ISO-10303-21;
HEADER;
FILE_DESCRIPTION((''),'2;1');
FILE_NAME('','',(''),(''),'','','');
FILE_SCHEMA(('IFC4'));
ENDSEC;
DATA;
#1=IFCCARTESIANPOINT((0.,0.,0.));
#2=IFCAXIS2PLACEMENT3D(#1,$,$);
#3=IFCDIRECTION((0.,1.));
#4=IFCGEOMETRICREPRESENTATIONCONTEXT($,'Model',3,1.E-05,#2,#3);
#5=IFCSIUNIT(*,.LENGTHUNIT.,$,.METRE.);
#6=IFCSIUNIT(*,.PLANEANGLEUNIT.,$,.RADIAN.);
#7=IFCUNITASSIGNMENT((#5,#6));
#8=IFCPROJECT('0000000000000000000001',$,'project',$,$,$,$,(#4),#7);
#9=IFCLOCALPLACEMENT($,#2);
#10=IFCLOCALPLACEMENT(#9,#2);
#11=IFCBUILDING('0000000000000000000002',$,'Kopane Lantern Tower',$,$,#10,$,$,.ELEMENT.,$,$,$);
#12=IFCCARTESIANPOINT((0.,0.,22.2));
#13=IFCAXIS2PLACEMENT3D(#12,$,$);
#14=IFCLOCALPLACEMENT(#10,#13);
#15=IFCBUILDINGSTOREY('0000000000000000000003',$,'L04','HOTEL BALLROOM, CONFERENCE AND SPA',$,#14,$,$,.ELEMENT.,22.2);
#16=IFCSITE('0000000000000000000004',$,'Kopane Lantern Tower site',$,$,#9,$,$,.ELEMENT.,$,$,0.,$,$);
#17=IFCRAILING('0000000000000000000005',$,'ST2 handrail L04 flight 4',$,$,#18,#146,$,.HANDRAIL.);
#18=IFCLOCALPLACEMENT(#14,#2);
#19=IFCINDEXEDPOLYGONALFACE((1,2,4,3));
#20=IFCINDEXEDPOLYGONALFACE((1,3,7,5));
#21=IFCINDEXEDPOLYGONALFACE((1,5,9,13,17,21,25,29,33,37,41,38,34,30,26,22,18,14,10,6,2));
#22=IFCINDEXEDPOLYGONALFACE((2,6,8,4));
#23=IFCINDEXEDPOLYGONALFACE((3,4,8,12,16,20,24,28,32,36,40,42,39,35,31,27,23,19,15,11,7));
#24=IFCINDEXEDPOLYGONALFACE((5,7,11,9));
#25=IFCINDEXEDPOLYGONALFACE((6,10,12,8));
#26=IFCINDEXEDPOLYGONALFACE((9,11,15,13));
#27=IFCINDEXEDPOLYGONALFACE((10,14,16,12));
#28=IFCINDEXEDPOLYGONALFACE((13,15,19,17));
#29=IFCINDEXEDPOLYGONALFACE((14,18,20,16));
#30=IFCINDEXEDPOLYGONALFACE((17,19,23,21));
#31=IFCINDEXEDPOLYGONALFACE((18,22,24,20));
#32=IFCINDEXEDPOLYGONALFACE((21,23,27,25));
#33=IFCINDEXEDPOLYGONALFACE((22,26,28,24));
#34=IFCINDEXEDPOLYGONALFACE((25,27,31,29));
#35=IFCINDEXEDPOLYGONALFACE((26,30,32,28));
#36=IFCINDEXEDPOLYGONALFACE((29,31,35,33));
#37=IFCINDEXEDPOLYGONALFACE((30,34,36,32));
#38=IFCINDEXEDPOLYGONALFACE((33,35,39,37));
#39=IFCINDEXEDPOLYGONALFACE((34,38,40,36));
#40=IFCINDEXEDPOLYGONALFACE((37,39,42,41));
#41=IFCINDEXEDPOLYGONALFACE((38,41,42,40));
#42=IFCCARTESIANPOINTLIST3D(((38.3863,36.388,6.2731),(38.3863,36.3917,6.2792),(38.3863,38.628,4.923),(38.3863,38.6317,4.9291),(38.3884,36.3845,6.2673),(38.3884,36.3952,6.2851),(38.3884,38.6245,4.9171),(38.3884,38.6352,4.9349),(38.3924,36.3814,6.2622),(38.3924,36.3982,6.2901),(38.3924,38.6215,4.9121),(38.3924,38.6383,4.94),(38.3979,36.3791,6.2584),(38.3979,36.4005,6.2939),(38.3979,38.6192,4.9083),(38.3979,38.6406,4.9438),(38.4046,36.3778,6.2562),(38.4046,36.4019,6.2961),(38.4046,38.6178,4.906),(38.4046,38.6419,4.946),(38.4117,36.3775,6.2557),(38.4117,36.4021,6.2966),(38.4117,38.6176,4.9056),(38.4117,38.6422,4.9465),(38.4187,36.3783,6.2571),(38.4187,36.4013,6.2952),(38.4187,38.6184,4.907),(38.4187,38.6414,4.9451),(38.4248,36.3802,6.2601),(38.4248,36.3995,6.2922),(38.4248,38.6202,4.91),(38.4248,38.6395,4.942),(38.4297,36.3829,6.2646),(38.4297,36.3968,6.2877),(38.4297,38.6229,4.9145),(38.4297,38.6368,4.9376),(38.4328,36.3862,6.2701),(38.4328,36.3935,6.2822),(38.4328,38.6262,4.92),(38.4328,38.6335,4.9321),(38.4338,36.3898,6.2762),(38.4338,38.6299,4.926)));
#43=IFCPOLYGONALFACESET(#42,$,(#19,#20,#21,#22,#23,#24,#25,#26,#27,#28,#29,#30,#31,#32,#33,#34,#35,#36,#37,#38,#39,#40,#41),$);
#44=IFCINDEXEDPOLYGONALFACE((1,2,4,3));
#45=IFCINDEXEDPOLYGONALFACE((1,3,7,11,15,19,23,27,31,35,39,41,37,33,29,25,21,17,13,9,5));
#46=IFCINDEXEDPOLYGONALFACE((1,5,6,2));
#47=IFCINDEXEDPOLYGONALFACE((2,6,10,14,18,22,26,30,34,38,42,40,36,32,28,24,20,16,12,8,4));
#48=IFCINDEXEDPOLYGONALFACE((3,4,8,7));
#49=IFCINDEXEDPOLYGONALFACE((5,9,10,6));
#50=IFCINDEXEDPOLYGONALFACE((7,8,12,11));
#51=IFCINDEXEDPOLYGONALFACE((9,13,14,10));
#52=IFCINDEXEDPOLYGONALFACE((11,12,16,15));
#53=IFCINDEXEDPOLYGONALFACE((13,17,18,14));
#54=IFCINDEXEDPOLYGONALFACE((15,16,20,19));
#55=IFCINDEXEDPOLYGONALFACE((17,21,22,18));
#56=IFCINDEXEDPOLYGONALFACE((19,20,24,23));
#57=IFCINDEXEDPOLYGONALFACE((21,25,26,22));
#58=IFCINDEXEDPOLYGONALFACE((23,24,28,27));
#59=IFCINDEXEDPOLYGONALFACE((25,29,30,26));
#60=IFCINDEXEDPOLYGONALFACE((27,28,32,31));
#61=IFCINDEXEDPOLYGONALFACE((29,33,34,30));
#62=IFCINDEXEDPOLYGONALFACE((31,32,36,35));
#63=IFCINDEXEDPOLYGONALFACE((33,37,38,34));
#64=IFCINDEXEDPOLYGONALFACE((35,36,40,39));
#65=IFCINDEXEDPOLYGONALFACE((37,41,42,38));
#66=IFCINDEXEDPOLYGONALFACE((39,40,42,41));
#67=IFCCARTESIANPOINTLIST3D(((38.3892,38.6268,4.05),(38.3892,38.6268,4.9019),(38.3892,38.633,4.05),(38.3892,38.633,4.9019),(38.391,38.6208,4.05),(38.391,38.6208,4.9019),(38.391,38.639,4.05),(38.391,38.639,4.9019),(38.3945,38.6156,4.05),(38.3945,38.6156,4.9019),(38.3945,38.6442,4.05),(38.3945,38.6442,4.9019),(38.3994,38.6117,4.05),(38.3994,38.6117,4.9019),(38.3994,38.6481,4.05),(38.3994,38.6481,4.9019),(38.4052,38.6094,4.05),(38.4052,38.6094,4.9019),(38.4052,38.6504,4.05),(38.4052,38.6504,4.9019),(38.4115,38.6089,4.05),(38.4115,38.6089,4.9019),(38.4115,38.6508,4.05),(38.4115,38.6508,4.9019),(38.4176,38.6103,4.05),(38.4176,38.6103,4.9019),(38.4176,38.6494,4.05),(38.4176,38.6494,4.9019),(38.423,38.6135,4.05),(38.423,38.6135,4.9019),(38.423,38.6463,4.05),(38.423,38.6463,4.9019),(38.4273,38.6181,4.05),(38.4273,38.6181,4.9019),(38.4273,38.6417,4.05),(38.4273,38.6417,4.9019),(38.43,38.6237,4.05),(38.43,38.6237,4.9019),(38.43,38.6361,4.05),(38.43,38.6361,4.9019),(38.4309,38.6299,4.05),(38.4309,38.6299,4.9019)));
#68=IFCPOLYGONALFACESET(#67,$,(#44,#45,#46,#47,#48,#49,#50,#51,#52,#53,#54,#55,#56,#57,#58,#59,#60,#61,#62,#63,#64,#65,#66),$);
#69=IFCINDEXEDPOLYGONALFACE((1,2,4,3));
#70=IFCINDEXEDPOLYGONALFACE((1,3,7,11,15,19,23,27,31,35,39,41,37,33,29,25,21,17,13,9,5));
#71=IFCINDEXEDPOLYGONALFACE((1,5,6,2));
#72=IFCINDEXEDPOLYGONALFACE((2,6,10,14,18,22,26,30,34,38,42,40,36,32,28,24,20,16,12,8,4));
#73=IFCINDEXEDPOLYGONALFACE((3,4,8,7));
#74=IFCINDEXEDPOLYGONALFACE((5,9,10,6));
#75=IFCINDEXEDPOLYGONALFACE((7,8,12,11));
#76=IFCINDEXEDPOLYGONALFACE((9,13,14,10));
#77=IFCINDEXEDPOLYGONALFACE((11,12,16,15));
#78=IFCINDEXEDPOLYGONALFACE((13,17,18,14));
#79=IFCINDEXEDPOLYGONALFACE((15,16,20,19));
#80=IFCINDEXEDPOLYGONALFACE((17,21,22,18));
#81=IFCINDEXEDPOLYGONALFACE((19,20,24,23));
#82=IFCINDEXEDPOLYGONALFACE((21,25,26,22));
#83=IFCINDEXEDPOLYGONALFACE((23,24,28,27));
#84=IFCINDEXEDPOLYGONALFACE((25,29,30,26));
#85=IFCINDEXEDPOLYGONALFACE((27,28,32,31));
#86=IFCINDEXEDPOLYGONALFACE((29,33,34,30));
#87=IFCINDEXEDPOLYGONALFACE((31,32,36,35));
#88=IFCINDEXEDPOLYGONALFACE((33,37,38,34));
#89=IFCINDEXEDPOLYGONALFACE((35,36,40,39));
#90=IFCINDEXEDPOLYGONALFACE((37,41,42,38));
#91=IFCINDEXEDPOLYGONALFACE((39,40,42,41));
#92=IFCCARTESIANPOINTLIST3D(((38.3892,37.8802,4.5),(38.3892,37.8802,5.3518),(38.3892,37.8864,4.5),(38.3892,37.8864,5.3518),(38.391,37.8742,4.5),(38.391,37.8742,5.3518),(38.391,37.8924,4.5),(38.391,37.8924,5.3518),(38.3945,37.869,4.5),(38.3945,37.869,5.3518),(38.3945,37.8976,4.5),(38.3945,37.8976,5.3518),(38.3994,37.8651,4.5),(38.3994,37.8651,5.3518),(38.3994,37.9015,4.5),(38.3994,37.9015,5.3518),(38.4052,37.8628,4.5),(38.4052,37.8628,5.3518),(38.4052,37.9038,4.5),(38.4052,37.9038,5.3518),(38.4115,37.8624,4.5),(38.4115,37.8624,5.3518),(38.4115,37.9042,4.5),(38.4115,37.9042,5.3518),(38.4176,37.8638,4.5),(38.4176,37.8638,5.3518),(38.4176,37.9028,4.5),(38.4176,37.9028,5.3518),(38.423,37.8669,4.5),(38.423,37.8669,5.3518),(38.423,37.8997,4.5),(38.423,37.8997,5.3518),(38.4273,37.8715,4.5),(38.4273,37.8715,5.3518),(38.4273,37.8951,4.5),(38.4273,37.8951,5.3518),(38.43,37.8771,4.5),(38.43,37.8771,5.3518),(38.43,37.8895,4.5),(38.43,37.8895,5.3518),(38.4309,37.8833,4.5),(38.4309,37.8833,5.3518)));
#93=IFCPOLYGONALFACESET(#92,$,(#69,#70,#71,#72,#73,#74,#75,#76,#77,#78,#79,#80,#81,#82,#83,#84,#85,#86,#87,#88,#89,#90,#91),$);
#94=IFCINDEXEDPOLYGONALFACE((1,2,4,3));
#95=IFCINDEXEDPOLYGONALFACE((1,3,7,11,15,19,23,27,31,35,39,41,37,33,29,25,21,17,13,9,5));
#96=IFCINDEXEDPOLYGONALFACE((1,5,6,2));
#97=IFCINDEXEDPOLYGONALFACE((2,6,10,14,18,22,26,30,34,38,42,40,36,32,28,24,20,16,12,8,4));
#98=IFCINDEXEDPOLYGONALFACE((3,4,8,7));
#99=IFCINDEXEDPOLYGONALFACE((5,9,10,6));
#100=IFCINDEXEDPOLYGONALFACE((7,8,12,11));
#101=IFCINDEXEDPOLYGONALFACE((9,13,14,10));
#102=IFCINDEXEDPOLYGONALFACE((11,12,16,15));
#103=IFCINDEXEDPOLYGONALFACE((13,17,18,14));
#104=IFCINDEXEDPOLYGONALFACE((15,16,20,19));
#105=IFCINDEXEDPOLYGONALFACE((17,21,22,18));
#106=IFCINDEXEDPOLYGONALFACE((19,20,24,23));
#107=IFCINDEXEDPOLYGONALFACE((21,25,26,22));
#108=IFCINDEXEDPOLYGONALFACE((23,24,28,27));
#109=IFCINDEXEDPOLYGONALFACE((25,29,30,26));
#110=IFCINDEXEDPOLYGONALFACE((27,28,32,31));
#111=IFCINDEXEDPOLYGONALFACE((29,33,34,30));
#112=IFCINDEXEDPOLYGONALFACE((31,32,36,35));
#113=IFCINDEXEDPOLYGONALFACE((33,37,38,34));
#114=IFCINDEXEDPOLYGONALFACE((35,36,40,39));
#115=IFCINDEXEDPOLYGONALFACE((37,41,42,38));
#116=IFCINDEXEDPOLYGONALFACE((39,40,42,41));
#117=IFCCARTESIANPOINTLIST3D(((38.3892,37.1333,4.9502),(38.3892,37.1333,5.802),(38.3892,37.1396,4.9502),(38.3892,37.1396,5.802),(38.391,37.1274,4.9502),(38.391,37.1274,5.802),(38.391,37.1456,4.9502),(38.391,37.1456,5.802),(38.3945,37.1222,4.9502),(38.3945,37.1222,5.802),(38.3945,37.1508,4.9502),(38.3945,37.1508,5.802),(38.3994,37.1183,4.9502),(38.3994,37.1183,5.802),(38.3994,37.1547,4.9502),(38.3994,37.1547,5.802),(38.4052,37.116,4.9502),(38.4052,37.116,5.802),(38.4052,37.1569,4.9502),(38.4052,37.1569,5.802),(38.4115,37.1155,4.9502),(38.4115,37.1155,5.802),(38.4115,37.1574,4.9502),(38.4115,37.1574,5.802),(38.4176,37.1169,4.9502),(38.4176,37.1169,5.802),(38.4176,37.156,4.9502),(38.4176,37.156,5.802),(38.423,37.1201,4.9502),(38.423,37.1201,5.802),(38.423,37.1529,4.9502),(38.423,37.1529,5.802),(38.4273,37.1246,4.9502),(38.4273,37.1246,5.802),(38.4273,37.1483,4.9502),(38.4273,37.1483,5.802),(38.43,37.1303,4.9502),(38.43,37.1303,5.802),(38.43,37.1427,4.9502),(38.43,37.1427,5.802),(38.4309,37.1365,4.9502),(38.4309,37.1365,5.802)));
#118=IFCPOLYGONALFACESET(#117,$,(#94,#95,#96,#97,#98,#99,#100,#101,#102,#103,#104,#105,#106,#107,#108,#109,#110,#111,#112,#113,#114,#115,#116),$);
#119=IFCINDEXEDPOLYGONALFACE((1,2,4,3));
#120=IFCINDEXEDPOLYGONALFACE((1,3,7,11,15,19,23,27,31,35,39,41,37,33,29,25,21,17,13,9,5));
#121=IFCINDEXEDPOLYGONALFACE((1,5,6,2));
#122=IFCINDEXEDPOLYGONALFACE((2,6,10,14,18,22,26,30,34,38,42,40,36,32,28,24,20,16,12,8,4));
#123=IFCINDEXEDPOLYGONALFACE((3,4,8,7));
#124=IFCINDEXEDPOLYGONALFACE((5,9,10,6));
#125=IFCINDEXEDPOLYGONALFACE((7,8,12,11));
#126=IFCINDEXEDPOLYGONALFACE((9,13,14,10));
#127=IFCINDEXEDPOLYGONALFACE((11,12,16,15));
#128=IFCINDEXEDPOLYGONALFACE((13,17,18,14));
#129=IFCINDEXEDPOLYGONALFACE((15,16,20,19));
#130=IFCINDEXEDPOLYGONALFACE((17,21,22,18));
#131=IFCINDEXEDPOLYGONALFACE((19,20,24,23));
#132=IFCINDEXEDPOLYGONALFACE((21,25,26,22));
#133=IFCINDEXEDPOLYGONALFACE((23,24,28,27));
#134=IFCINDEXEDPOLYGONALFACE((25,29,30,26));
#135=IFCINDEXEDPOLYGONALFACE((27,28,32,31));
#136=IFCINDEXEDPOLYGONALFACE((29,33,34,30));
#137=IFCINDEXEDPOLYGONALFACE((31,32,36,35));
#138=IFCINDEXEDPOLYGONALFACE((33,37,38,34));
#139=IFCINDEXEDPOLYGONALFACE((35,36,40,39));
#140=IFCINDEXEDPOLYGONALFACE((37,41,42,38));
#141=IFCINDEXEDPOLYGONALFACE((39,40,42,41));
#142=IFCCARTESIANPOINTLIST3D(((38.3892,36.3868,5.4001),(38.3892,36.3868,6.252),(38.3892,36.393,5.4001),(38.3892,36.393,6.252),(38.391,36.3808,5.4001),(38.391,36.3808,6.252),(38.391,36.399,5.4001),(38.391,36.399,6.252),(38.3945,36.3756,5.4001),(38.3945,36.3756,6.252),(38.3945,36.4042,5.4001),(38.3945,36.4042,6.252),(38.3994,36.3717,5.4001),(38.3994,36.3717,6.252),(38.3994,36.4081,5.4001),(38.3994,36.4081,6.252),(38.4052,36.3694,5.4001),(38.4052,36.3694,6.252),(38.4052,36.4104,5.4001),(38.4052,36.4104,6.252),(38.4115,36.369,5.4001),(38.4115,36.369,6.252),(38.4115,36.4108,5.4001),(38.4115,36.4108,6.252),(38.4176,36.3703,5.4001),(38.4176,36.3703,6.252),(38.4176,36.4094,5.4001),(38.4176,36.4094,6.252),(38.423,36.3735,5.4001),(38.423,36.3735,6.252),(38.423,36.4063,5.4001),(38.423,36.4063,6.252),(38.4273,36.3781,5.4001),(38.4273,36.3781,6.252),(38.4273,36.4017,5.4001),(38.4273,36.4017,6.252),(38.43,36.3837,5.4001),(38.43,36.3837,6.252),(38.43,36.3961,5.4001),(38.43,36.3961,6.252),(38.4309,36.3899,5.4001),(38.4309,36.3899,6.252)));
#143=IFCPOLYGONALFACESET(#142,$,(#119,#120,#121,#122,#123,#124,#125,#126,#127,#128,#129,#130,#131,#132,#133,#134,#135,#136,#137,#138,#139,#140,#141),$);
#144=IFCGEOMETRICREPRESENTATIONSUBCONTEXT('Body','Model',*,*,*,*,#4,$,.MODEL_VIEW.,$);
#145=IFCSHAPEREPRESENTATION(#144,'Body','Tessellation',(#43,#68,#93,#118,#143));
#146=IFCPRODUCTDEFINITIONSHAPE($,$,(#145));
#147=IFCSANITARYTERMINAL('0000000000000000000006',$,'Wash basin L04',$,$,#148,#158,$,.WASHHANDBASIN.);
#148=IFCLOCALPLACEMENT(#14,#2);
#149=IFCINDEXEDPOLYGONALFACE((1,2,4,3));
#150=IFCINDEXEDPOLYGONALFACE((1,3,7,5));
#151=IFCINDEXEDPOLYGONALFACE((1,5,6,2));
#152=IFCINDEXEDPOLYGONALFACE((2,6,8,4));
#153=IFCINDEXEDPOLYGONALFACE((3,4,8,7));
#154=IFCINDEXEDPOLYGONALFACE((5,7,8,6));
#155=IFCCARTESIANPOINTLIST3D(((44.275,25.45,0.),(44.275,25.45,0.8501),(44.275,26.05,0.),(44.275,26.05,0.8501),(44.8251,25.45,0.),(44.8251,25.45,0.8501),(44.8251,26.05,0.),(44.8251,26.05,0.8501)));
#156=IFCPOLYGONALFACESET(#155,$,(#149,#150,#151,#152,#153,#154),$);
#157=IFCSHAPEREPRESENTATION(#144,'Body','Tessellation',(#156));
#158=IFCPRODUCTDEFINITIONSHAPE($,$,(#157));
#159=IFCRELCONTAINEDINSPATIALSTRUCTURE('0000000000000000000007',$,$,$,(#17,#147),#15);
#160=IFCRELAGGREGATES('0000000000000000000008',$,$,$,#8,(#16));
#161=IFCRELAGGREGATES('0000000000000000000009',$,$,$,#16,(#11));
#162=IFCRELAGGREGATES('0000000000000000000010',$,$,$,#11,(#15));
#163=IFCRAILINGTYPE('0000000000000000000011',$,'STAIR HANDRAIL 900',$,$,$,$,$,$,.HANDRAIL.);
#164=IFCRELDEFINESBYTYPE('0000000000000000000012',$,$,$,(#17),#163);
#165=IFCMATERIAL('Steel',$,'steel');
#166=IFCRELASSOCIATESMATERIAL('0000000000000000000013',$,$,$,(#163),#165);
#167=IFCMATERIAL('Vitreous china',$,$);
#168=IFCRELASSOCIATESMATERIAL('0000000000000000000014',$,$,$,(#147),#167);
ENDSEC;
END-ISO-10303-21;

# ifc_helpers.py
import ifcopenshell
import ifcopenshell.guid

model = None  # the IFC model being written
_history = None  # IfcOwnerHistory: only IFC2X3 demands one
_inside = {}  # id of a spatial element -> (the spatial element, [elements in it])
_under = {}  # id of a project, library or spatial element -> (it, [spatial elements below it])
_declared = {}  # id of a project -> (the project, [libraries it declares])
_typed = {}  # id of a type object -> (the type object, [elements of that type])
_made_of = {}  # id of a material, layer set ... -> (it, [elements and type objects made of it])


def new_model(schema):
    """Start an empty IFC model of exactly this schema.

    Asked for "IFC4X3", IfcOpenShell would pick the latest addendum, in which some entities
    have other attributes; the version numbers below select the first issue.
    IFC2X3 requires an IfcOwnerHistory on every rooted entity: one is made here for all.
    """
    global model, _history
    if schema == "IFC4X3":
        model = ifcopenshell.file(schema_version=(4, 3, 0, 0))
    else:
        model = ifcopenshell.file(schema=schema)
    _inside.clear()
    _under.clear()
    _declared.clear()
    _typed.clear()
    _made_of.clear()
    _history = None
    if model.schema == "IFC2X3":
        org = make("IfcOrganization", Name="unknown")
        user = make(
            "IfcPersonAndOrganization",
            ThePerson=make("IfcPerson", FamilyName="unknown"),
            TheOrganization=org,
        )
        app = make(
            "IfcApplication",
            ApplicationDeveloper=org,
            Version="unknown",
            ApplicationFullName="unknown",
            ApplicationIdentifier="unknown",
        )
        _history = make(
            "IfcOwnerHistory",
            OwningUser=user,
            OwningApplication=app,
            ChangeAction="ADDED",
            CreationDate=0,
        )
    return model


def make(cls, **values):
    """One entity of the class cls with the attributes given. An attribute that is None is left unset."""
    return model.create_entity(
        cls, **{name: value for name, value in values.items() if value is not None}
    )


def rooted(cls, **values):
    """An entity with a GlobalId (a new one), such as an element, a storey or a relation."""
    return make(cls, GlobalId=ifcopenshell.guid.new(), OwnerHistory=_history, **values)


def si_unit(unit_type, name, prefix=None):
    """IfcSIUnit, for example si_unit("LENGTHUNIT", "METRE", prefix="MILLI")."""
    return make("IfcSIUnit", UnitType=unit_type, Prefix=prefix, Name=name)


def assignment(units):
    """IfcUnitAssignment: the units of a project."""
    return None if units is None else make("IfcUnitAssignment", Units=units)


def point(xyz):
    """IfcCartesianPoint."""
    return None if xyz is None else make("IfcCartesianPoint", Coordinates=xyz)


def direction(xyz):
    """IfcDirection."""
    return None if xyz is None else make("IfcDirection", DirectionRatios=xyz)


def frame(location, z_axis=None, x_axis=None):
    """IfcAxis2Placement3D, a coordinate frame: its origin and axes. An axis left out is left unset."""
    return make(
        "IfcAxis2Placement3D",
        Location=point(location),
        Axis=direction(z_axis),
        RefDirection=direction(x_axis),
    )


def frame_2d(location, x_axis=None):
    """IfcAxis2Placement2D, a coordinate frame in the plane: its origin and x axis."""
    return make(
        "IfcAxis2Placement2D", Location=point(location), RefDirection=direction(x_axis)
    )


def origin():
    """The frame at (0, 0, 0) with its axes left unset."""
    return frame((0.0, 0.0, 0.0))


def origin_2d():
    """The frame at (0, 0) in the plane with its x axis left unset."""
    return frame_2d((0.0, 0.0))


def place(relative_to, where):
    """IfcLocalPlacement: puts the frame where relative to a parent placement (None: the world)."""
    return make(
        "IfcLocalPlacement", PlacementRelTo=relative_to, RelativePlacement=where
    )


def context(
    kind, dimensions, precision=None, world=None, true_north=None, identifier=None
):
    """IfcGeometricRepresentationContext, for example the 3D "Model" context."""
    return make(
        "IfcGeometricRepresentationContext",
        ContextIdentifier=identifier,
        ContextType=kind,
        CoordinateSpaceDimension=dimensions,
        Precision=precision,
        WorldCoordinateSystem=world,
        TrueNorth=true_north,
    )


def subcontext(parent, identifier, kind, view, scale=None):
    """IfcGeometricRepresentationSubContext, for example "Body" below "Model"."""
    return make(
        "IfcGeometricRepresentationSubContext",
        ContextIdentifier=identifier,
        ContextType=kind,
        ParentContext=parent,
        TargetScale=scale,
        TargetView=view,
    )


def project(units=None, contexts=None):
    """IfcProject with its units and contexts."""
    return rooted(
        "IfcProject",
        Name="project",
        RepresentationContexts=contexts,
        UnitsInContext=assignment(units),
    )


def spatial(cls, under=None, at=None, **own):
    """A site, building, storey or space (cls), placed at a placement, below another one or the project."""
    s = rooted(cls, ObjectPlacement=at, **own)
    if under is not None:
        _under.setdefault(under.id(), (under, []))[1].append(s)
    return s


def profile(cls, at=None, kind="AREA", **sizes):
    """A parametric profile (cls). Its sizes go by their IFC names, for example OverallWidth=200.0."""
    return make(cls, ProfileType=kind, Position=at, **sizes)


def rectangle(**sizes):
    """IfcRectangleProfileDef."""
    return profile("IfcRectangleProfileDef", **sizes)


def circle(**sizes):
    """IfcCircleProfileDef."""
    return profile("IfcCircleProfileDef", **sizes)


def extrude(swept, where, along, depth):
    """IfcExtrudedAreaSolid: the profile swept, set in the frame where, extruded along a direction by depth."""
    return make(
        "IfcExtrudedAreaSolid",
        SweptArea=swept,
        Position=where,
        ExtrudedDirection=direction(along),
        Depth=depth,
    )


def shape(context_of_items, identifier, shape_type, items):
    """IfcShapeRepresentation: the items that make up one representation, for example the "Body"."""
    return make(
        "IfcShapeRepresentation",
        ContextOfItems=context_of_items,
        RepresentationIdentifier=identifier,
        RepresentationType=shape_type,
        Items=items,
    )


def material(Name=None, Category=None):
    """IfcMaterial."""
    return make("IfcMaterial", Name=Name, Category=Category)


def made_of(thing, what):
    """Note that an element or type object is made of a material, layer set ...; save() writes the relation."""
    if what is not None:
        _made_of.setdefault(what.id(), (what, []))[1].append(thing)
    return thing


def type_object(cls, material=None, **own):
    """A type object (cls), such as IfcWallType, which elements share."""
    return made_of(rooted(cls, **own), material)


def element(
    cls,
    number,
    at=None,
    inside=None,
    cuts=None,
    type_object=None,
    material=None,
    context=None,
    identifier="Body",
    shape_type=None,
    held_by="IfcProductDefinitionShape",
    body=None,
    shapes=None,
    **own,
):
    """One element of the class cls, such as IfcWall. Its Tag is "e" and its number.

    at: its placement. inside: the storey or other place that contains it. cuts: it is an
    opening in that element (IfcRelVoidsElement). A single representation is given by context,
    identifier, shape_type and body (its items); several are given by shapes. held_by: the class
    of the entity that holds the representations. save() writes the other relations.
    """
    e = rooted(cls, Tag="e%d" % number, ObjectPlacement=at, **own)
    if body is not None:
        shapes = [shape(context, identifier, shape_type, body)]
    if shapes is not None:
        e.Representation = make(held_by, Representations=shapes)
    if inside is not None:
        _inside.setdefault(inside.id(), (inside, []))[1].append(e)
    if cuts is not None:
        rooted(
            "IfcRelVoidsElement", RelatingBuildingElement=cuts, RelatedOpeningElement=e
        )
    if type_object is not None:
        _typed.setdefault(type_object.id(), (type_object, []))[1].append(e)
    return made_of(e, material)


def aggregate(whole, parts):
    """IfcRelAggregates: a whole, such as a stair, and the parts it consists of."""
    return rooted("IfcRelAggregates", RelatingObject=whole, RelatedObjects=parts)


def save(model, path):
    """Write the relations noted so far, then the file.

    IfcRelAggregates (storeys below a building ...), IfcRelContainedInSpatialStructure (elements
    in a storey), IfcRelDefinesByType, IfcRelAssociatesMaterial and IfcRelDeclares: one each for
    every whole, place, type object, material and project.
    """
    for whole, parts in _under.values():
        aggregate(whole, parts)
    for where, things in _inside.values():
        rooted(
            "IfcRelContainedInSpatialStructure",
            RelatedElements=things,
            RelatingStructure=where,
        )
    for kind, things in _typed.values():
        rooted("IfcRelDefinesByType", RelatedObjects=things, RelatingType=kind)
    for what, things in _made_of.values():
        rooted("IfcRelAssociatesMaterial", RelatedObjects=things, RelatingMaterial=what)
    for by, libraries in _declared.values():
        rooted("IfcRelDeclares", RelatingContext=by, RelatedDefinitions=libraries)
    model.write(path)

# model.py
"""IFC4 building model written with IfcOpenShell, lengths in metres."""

from ifc_helpers import new_model, si_unit, direction, frame, origin, origin_2d, place, context, subcontext, project, spatial, rectangle, circle, extrude, material, type_object, element, save


model = new_model("IFC4")

# Units and contexts
model_context = context("Model", 3, precision=1e-05, world=origin(), true_north=direction((0.0, 1.0)))
body_context = subcontext(model_context, "Body", "Model", "MODEL_VIEW")
ifc_project = project(units=[si_unit("LENGTHUNIT", "METRE"), si_unit("PLANEANGLEUNIT", "RADIAN")], contexts=[model_context])

# Site, building, storey
site_placement = place(None, origin())
site = spatial("IfcSite", under=ifc_project, at=site_placement, Name="Kopane Lantern Tower site", CompositionType="ELEMENT", RefElevation=0.0)
building_placement = place(site_placement, origin())
building = spatial("IfcBuilding", under=site, at=building_placement, Name="Kopane Lantern Tower", CompositionType="ELEMENT")
storey_placement = place(building_placement, frame((0.0, 0.0, 22.2)))
storey = spatial("IfcBuildingStorey", under=building, at=storey_placement, Name="L04", Description="HOTEL BALLROOM, CONFERENCE AND SPA", CompositionType="ELEMENT", Elevation=22.2)

# Railing
ifc_material_1 = material(Name="Steel", Category="steel")
railing_type_1 = type_object("IfcRailingType", Name="STAIR HANDRAIL 900", PredefinedType="HANDRAIL", material=ifc_material_1)
for number, where, name in (
    (1, (38.4099, 38.6299, 4.05), "ST2 handrail L04 flight 4"),
):
    element("IfcRailing", number, at=place(storey_placement, frame(where)), inside=storey, type_object=railing_type_1, Name=name, PredefinedType="HANDRAIL", context=body_context, shape_type="SweptSolid", body=[
        extrude(circle(Radius=0.0239, at=origin_2d()), frame((0.0, 0.0, 0.876), z_axis=(0.0, -0.856462, 0.516211), x_axis=(1.0, 0.0, 0.0)), (0.0, 0.0, 1.0), 2.6155),
        extrude(circle(Radius=0.021, at=origin_2d()), origin(), (0.0, 0.0, 1.0), 0.8518),
        extrude(circle(Radius=0.021, at=origin_2d()), frame((0.0, -0.7466, 0.45)), (0.0, 0.0, 1.0), 0.8518),
        extrude(circle(Radius=0.021, at=origin_2d()), frame((0.0, -1.4934, 0.9001)), (0.0, 0.0, 1.0), 0.8518),
        extrude(circle(Radius=0.021, at=origin_2d()), frame((0.0, -2.24, 1.3501)), (0.0, 0.0, 1.0), 0.8518),
    ])

# Sanitary terminal
ifc_material_2 = material(Name="Vitreous china")
sanitary_terminal_placement = place(storey_placement, frame((44.55, 25.75, 0.0), z_axis=(0.0, 0.0, 1.0), x_axis=(1.0, 0.0, 0.0)))
element("IfcSanitaryTerminal", 2, at=sanitary_terminal_placement, inside=storey, material=ifc_material_2, Name="Wash basin L04", PredefinedType="WASHHANDBASIN", context=body_context, shape_type="SweptSolid", body=[
    extrude(rectangle(XDim=0.55, YDim=0.6001, at=origin_2d()), origin(), (0.0, 0.0, 1.0), 0.8501),
])

save(model, "model.ifc")
